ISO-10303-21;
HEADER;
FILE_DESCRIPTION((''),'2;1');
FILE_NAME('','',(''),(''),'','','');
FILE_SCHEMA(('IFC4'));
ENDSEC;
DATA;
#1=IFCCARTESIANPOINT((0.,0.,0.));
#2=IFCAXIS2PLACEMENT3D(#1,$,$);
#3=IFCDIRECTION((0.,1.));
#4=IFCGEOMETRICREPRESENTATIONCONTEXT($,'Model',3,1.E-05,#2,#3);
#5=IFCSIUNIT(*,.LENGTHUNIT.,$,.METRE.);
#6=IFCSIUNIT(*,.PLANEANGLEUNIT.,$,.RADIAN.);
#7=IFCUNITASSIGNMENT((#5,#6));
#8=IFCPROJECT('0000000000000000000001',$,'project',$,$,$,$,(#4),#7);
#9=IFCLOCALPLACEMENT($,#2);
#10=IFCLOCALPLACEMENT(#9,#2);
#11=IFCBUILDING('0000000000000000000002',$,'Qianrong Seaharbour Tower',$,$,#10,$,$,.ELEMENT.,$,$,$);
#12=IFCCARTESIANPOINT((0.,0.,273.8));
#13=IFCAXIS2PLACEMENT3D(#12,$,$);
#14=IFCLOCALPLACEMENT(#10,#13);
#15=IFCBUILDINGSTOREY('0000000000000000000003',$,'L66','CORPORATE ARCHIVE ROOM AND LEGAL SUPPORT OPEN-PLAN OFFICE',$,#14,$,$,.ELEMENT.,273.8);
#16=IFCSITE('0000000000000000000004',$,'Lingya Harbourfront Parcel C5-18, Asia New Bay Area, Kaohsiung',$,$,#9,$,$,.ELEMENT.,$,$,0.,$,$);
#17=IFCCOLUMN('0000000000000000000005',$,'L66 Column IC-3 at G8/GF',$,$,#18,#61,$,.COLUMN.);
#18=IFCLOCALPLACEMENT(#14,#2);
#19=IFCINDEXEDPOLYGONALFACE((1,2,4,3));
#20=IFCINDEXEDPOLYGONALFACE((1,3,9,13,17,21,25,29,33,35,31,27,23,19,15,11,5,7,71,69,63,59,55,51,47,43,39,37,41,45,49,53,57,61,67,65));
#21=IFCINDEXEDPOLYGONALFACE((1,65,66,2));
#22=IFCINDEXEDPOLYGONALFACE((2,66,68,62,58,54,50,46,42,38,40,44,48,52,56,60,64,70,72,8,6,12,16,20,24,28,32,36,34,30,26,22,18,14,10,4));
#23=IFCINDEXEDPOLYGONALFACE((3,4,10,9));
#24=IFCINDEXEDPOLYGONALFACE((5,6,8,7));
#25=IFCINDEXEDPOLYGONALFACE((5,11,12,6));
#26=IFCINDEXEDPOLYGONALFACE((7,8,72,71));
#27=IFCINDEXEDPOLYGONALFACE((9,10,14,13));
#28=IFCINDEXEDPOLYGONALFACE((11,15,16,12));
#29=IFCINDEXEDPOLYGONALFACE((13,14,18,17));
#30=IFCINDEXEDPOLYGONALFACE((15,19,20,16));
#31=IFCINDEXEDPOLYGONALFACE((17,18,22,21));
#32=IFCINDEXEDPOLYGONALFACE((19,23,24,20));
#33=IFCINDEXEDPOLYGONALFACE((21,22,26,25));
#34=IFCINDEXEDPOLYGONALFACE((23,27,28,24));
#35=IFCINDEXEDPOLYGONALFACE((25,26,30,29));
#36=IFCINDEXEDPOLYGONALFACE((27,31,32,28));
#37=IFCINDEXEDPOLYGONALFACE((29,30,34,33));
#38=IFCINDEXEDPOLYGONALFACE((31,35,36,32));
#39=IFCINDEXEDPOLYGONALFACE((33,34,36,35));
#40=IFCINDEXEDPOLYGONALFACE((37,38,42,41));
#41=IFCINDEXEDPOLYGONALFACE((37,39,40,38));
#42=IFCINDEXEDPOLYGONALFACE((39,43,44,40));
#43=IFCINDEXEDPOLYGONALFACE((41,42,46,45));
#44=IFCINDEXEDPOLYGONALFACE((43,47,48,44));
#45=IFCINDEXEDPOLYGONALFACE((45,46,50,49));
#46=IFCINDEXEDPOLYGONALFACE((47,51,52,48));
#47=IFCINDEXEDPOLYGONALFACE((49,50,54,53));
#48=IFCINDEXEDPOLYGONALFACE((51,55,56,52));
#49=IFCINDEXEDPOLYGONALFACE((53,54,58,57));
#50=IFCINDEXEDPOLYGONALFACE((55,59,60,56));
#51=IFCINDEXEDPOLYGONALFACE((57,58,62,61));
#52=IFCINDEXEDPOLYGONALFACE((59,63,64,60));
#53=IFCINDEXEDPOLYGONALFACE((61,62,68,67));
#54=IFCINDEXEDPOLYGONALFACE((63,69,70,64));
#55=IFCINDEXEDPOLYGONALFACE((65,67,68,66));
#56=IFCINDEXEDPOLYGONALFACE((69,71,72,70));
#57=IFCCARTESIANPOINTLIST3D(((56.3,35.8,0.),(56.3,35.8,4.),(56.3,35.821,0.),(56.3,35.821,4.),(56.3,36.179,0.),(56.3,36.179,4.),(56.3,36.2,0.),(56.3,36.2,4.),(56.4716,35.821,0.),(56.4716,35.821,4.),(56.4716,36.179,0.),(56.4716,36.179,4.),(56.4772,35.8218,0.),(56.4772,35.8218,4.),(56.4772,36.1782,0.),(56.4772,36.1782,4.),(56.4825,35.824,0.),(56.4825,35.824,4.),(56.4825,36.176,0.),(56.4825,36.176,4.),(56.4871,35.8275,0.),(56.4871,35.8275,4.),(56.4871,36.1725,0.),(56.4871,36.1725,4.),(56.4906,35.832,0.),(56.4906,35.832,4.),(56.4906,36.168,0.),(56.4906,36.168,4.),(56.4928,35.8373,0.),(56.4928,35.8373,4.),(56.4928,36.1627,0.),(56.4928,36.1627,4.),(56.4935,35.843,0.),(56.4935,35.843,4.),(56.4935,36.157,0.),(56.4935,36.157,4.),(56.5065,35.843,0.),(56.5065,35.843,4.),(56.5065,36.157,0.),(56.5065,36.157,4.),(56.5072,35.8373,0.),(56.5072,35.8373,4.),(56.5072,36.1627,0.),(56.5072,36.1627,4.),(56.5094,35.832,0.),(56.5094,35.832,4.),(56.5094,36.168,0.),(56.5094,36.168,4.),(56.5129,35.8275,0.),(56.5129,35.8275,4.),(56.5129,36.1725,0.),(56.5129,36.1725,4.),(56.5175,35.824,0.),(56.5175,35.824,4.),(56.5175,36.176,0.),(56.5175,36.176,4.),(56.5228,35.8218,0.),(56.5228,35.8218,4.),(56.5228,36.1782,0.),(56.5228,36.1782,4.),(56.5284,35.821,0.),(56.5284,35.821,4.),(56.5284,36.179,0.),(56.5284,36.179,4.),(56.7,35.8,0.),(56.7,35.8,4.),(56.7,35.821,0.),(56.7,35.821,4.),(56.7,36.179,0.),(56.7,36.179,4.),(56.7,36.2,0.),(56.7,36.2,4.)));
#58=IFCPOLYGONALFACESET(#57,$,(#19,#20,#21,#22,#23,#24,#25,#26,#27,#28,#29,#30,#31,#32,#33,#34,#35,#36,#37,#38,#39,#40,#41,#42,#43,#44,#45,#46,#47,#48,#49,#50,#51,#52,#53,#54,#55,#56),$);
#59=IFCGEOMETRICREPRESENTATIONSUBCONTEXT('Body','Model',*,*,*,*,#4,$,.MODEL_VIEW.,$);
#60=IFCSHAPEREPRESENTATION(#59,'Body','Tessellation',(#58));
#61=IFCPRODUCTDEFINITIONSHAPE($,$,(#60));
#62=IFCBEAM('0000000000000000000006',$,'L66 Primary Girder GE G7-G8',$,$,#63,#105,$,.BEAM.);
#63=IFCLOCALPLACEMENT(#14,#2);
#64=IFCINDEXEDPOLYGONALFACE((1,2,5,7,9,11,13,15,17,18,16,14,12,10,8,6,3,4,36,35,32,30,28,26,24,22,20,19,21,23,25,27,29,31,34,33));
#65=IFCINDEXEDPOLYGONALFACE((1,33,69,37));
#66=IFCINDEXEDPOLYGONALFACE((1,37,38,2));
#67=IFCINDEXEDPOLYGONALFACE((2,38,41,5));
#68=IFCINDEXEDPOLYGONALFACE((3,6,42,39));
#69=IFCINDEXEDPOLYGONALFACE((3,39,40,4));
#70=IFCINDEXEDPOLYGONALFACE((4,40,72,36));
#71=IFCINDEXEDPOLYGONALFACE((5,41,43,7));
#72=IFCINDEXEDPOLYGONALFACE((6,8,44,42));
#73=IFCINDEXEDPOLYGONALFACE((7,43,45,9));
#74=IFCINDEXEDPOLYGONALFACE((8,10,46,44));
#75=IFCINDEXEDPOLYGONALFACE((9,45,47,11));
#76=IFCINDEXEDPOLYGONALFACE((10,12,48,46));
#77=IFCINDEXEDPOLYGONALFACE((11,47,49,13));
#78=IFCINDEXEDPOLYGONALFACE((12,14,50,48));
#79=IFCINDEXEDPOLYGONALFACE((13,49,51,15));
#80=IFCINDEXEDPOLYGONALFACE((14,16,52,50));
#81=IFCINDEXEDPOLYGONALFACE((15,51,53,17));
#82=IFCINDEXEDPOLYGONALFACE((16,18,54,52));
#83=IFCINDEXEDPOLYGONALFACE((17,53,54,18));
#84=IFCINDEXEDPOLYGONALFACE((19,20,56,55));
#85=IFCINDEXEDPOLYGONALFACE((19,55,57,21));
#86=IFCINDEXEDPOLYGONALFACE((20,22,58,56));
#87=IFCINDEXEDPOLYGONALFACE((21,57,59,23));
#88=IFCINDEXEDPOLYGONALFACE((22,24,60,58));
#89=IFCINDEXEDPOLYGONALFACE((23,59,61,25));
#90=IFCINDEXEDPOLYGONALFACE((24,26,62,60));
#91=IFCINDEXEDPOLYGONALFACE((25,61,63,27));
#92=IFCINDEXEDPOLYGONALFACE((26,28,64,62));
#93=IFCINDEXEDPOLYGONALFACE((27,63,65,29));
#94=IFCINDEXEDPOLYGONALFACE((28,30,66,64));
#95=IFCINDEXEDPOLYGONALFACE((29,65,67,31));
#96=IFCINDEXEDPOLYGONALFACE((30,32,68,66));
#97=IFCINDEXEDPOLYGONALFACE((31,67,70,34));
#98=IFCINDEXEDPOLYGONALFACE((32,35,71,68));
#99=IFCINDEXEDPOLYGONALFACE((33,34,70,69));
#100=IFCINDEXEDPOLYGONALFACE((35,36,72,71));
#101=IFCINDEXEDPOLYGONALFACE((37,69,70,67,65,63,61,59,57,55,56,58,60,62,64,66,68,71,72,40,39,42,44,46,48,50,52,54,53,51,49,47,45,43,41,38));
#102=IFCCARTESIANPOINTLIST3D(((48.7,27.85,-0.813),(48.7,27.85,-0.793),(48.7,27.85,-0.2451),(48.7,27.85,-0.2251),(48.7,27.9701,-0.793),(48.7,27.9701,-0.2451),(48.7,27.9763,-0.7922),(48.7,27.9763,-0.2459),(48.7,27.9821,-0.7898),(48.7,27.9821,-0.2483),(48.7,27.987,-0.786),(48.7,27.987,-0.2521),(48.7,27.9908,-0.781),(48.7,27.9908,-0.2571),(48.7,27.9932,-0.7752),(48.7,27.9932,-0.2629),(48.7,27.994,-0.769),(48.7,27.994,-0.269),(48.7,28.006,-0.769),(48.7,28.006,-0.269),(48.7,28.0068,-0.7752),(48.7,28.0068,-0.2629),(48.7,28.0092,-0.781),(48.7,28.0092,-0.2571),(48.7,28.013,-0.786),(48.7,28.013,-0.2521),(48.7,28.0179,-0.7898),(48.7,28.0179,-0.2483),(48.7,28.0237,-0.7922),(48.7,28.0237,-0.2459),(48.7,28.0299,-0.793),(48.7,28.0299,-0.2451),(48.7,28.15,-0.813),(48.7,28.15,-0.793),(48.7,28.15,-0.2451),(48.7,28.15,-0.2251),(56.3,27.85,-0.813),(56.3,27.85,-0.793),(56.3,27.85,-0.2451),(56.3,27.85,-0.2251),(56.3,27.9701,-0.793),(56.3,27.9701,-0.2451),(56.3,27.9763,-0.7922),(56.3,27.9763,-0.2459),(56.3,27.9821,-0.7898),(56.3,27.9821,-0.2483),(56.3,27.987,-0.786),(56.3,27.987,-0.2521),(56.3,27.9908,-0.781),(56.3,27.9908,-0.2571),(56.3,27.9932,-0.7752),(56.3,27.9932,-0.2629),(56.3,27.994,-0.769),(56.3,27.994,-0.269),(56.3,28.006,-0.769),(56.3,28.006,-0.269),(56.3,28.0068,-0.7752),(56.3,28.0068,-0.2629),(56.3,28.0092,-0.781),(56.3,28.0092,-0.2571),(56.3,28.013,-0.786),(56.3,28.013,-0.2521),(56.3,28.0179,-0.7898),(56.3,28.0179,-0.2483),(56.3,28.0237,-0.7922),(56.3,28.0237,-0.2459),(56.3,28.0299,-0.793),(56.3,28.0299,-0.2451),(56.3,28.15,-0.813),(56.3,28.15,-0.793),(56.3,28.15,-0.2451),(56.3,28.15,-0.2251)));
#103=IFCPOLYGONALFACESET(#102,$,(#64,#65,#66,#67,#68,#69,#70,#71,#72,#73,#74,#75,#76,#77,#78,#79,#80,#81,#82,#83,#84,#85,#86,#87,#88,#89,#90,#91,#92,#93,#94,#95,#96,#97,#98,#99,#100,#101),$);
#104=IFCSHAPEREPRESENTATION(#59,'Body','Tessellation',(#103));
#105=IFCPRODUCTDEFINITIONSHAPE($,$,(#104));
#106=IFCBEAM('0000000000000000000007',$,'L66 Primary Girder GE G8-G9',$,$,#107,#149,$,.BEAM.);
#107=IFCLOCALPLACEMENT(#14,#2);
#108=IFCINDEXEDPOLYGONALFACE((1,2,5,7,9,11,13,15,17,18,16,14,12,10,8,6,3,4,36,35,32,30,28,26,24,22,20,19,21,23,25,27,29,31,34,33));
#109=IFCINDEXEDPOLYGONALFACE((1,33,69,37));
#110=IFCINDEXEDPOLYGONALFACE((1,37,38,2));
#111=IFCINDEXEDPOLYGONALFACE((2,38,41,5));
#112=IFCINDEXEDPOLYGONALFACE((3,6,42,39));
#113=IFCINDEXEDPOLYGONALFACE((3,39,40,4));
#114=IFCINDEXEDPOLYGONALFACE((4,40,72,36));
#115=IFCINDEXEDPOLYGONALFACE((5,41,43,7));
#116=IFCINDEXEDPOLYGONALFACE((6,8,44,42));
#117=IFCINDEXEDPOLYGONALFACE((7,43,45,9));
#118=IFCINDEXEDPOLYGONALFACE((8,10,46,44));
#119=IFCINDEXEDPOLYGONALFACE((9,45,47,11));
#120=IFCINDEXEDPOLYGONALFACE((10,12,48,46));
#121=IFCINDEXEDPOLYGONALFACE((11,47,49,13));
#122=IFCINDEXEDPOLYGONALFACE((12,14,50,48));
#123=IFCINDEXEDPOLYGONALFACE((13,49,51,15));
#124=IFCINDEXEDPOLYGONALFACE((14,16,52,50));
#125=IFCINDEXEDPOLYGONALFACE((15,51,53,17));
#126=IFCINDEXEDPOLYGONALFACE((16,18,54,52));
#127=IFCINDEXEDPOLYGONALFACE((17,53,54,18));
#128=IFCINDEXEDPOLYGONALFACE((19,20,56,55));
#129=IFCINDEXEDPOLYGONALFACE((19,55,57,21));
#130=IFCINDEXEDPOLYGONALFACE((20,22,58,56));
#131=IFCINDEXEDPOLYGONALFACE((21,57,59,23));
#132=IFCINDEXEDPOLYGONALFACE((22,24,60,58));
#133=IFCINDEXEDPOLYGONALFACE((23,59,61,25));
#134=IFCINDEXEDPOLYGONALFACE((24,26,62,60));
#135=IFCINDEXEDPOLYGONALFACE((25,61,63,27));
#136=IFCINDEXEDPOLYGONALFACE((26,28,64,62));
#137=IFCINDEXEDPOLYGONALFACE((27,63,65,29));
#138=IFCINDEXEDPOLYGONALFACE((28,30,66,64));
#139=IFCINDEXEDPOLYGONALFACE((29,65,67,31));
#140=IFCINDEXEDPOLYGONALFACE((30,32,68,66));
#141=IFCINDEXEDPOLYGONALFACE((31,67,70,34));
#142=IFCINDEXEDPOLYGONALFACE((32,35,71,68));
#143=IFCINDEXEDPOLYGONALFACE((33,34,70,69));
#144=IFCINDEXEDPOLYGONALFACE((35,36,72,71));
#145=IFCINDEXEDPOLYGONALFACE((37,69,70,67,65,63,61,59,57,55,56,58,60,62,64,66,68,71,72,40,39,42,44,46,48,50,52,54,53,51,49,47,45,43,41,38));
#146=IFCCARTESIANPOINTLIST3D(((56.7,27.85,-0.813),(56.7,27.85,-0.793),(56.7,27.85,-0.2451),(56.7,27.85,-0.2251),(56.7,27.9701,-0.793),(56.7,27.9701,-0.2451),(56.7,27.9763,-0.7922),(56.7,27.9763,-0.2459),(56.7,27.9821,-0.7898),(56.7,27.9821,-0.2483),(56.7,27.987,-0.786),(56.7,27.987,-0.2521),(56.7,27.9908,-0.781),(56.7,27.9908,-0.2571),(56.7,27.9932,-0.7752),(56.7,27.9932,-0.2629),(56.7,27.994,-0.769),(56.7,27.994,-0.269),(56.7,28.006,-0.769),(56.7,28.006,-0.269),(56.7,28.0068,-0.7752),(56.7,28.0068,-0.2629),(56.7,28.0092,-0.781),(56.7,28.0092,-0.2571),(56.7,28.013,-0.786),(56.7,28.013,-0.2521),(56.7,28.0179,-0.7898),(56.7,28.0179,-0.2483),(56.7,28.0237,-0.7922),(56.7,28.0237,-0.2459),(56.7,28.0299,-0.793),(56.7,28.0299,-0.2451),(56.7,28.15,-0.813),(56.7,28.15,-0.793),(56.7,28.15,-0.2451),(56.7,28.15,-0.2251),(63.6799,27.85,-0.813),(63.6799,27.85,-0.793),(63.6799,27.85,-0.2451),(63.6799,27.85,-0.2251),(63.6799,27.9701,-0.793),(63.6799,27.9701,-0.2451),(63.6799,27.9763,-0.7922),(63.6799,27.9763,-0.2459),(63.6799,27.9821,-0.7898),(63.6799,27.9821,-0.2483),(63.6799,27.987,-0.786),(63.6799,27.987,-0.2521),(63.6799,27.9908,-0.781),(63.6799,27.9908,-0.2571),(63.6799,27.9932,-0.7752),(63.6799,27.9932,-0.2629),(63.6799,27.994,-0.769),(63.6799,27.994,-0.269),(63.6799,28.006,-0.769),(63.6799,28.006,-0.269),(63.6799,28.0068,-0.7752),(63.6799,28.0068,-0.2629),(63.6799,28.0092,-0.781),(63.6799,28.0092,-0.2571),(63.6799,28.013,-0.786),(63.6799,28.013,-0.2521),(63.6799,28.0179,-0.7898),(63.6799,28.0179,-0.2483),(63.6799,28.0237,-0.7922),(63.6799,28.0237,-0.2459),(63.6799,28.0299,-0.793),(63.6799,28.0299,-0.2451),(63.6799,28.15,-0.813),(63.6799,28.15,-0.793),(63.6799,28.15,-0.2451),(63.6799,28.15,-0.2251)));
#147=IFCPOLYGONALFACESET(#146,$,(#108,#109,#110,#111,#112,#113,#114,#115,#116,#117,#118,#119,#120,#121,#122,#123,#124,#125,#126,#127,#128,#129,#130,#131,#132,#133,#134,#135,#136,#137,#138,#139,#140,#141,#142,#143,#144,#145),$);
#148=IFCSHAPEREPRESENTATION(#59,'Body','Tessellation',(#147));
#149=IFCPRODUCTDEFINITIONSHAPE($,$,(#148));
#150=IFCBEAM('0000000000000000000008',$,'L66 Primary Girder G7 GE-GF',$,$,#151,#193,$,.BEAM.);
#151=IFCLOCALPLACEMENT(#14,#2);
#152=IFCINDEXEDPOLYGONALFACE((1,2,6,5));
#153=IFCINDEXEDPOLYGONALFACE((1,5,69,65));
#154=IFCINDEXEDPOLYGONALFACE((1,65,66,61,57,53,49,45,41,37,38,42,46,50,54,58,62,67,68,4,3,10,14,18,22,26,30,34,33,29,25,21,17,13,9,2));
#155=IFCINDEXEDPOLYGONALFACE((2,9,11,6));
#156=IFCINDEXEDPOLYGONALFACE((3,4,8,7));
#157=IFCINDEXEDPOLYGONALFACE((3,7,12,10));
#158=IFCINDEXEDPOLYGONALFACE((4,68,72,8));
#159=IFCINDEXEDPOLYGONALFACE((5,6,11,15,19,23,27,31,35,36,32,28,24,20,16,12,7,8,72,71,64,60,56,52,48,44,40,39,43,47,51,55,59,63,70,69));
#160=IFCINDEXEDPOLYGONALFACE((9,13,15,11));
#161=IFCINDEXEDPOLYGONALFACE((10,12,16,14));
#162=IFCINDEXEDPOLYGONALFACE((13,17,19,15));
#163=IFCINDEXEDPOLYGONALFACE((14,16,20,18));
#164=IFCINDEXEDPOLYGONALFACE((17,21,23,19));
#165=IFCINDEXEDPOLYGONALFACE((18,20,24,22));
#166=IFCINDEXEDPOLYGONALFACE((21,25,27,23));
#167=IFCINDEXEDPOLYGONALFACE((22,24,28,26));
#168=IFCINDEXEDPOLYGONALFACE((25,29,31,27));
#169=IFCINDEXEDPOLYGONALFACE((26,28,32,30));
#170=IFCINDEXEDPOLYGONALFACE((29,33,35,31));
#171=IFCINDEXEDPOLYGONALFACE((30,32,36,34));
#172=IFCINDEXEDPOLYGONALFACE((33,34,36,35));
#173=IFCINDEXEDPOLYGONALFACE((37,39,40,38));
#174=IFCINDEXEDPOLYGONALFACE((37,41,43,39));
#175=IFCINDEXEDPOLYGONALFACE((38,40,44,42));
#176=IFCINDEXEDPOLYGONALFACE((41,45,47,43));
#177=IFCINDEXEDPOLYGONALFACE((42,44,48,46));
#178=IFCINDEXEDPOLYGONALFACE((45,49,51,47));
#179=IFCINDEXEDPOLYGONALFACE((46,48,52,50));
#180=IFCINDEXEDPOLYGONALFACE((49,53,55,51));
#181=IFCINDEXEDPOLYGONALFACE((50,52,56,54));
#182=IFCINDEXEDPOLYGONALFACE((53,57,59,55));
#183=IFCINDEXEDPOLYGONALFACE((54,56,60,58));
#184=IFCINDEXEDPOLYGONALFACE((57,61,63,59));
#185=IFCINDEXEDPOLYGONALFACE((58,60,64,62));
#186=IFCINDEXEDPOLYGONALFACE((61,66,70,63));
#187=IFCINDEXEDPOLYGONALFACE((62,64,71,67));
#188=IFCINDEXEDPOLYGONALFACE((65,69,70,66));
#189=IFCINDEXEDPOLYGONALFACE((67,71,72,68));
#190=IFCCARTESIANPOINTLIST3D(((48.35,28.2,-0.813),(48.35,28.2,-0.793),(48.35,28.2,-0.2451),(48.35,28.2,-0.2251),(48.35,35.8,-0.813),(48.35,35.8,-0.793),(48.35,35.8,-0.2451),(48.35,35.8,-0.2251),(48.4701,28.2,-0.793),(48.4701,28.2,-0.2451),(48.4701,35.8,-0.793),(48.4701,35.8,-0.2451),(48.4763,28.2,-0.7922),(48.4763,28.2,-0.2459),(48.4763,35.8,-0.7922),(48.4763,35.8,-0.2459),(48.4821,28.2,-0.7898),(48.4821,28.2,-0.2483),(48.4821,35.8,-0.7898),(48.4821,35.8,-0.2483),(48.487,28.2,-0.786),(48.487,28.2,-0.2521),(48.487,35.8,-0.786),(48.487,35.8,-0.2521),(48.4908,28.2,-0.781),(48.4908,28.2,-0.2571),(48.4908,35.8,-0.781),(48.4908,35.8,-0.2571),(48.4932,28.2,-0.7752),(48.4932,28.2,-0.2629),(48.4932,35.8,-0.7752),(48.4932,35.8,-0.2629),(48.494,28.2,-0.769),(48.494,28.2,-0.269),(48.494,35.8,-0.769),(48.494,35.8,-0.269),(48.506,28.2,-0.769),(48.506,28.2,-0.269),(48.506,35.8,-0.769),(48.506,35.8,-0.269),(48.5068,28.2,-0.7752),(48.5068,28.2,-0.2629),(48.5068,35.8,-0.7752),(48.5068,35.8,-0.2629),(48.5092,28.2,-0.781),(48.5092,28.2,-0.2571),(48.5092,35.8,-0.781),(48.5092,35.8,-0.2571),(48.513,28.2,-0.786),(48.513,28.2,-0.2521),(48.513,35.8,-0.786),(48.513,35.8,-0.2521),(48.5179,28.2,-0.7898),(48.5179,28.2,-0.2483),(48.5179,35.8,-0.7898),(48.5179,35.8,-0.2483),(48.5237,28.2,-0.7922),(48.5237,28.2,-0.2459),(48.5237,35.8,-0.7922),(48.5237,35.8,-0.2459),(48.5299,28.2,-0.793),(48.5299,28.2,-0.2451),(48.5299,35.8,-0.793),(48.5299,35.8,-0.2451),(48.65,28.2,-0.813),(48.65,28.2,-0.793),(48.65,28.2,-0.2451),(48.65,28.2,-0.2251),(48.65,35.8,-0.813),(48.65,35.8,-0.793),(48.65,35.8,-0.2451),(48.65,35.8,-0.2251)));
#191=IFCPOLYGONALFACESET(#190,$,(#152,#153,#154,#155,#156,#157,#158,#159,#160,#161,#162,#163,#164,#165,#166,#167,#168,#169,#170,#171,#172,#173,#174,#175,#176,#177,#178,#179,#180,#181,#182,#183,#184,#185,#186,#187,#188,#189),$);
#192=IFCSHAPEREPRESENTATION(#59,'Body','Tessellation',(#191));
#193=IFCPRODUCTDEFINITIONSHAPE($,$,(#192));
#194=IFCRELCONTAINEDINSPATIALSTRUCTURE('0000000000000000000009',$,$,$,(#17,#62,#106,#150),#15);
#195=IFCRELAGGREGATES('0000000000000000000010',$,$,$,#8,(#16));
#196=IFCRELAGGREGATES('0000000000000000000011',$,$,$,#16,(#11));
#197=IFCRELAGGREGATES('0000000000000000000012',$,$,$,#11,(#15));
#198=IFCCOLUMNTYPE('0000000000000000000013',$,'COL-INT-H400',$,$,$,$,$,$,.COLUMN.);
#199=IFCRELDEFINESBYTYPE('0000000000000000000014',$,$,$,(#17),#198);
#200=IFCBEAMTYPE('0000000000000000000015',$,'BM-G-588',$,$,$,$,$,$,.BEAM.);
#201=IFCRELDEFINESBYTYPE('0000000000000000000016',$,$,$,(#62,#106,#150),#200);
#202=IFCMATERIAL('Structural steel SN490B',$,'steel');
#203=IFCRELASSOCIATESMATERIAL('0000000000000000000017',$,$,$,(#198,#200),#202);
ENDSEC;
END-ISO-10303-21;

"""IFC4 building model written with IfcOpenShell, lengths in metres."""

from ifc_helpers import new_model, si_unit, direction, frame, origin, origin_2d, place, context, subcontext, project, spatial, i_section, extrude, material, material_profile, profile_set, type_object, element, save


model = new_model("IFC4")

# Units and contexts
model_context = context("Model", 3, precision=1e-05, world=origin(), true_north=direction((0.0, 1.0)))
body_context = subcontext(model_context, "Body", "Model", "MODEL_VIEW")
ifc_project = project(units=[si_unit("LENGTHUNIT", "METRE"), si_unit("PLANEANGLEUNIT", "RADIAN")], contexts=[model_context])

# Site, building, storey
site_placement = place(None, origin())
site = spatial("IfcSite", under=ifc_project, at=site_placement, Name="Lingya Harbourfront Parcel C5-18, Asia New Bay Area, Kaohsiung", CompositionType="ELEMENT", RefElevation=0.0)
building_placement = place(site_placement, origin())
building = spatial("IfcBuilding", under=site, at=building_placement, Name="Qianrong Seaharbour Tower", CompositionType="ELEMENT")
storey_placement = place(building_placement, frame((0.0, 0.0, 273.8)))
storey = spatial("IfcBuildingStorey", under=building, at=storey_placement, Name="L66", Description="CORPORATE ARCHIVE ROOM AND LEGAL SUPPORT OPEN-PLAN OFFICE", CompositionType="ELEMENT", Elevation=273.8)

# Column
ifc_material_1 = material(Name="Structural steel SN490B", Category="steel")
ifc_material_profile_1 = material_profile(ifc_material_1, i_section(OverallWidth=0.3999, OverallDepth=0.3999, WebThickness=0.0129, FlangeThickness=0.021, FilletRadius=0.022, at=origin_2d()), Name="H400x400x13x21")
ifc_profile_set_1 = profile_set([ifc_material_profile_1], Name="Structural steel SN490B")
column_type_1 = type_object("IfcColumnType", Name="COL-INT-H400", PredefinedType="COLUMN", material=ifc_profile_set_1)
for number, where, z_axis, x_axis, name in (
    (1, (56.5, 36.0, 0.0), (0.0, 0.0, 1.0), (1.0, 0.0, 0.0), "L66 Column IC-3 at G8/GF"),
):
    element("IfcColumn", number, at=place(storey_placement, frame(where, z_axis=z_axis, x_axis=x_axis)), inside=storey, type_object=column_type_1, Name=name, PredefinedType="COLUMN", context=body_context, shape_type="SweptSolid", body=[
        extrude(i_section(OverallWidth=0.3999, OverallDepth=0.3999, WebThickness=0.0129, FlangeThickness=0.021, FilletRadius=0.022, at=origin_2d()), origin(), (0.0, 0.0, 1.0), 4.0),
    ])

# Beams
ifc_material_profile_2 = material_profile(ifc_material_1, i_section(OverallWidth=0.3, OverallDepth=0.5879, WebThickness=0.012, FlangeThickness=0.02, FilletRadius=0.0239, at=origin_2d()), Name="H588x300x12x20")
ifc_profile_set_2 = profile_set([ifc_material_profile_2], Name="Structural steel SN490B")
beam_type_1 = type_object("IfcBeamType", Name="BM-G-588", PredefinedType="BEAM", material=ifc_profile_set_2)
beam_1_placement = place(storey_placement, frame((48.7, 28.0, -0.519), z_axis=(1.0, 0.0, 0.0), x_axis=(0.0, 1.0, 0.0)))
element("IfcBeam", 2, at=beam_1_placement, inside=storey, type_object=beam_type_1, Name="L66 Primary Girder GE G7-G8", PredefinedType="BEAM", context=body_context, shape_type="SweptSolid", body=[
    extrude(i_section(OverallWidth=0.3, OverallDepth=0.5879, WebThickness=0.012, FlangeThickness=0.02, FilletRadius=0.0239, at=origin_2d()), origin(), (0.0, 0.0, 1.0), 7.6001),
])
beam_2_placement = place(storey_placement, frame((56.7, 28.0, -0.519), z_axis=(1.0, 0.0, 0.0), x_axis=(0.0, 1.0, 0.0)))
element("IfcBeam", 3, at=beam_2_placement, inside=storey, type_object=beam_type_1, Name="L66 Primary Girder GE G8-G9", PredefinedType="BEAM", context=body_context, shape_type="SweptSolid", body=[
    extrude(i_section(OverallWidth=0.3, OverallDepth=0.5879, WebThickness=0.012, FlangeThickness=0.02, FilletRadius=0.0239, at=origin_2d()), origin(), (0.0, 0.0, 1.0), 6.98),
])
for number, where, z_axis, x_axis, name in (
    (4, (48.5, 28.2, -0.519), (0.0, 1.0, 0.0), (-1.0, 0.0, 0.0), "L66 Primary Girder G7 GE-GF"),
):
    element("IfcBeam", number, at=place(storey_placement, frame(where, z_axis=z_axis, x_axis=x_axis)), inside=storey, type_object=beam_type_1, Name=name, PredefinedType="BEAM", context=body_context, shape_type="SweptSolid", body=[
        extrude(i_section(OverallWidth=0.3, OverallDepth=0.5879, WebThickness=0.012, FlangeThickness=0.02, FilletRadius=0.0239, at=origin_2d()), origin(), (0.0, 0.0, 1.0), 7.6001),
    ])

save(model, "model.ifc")
